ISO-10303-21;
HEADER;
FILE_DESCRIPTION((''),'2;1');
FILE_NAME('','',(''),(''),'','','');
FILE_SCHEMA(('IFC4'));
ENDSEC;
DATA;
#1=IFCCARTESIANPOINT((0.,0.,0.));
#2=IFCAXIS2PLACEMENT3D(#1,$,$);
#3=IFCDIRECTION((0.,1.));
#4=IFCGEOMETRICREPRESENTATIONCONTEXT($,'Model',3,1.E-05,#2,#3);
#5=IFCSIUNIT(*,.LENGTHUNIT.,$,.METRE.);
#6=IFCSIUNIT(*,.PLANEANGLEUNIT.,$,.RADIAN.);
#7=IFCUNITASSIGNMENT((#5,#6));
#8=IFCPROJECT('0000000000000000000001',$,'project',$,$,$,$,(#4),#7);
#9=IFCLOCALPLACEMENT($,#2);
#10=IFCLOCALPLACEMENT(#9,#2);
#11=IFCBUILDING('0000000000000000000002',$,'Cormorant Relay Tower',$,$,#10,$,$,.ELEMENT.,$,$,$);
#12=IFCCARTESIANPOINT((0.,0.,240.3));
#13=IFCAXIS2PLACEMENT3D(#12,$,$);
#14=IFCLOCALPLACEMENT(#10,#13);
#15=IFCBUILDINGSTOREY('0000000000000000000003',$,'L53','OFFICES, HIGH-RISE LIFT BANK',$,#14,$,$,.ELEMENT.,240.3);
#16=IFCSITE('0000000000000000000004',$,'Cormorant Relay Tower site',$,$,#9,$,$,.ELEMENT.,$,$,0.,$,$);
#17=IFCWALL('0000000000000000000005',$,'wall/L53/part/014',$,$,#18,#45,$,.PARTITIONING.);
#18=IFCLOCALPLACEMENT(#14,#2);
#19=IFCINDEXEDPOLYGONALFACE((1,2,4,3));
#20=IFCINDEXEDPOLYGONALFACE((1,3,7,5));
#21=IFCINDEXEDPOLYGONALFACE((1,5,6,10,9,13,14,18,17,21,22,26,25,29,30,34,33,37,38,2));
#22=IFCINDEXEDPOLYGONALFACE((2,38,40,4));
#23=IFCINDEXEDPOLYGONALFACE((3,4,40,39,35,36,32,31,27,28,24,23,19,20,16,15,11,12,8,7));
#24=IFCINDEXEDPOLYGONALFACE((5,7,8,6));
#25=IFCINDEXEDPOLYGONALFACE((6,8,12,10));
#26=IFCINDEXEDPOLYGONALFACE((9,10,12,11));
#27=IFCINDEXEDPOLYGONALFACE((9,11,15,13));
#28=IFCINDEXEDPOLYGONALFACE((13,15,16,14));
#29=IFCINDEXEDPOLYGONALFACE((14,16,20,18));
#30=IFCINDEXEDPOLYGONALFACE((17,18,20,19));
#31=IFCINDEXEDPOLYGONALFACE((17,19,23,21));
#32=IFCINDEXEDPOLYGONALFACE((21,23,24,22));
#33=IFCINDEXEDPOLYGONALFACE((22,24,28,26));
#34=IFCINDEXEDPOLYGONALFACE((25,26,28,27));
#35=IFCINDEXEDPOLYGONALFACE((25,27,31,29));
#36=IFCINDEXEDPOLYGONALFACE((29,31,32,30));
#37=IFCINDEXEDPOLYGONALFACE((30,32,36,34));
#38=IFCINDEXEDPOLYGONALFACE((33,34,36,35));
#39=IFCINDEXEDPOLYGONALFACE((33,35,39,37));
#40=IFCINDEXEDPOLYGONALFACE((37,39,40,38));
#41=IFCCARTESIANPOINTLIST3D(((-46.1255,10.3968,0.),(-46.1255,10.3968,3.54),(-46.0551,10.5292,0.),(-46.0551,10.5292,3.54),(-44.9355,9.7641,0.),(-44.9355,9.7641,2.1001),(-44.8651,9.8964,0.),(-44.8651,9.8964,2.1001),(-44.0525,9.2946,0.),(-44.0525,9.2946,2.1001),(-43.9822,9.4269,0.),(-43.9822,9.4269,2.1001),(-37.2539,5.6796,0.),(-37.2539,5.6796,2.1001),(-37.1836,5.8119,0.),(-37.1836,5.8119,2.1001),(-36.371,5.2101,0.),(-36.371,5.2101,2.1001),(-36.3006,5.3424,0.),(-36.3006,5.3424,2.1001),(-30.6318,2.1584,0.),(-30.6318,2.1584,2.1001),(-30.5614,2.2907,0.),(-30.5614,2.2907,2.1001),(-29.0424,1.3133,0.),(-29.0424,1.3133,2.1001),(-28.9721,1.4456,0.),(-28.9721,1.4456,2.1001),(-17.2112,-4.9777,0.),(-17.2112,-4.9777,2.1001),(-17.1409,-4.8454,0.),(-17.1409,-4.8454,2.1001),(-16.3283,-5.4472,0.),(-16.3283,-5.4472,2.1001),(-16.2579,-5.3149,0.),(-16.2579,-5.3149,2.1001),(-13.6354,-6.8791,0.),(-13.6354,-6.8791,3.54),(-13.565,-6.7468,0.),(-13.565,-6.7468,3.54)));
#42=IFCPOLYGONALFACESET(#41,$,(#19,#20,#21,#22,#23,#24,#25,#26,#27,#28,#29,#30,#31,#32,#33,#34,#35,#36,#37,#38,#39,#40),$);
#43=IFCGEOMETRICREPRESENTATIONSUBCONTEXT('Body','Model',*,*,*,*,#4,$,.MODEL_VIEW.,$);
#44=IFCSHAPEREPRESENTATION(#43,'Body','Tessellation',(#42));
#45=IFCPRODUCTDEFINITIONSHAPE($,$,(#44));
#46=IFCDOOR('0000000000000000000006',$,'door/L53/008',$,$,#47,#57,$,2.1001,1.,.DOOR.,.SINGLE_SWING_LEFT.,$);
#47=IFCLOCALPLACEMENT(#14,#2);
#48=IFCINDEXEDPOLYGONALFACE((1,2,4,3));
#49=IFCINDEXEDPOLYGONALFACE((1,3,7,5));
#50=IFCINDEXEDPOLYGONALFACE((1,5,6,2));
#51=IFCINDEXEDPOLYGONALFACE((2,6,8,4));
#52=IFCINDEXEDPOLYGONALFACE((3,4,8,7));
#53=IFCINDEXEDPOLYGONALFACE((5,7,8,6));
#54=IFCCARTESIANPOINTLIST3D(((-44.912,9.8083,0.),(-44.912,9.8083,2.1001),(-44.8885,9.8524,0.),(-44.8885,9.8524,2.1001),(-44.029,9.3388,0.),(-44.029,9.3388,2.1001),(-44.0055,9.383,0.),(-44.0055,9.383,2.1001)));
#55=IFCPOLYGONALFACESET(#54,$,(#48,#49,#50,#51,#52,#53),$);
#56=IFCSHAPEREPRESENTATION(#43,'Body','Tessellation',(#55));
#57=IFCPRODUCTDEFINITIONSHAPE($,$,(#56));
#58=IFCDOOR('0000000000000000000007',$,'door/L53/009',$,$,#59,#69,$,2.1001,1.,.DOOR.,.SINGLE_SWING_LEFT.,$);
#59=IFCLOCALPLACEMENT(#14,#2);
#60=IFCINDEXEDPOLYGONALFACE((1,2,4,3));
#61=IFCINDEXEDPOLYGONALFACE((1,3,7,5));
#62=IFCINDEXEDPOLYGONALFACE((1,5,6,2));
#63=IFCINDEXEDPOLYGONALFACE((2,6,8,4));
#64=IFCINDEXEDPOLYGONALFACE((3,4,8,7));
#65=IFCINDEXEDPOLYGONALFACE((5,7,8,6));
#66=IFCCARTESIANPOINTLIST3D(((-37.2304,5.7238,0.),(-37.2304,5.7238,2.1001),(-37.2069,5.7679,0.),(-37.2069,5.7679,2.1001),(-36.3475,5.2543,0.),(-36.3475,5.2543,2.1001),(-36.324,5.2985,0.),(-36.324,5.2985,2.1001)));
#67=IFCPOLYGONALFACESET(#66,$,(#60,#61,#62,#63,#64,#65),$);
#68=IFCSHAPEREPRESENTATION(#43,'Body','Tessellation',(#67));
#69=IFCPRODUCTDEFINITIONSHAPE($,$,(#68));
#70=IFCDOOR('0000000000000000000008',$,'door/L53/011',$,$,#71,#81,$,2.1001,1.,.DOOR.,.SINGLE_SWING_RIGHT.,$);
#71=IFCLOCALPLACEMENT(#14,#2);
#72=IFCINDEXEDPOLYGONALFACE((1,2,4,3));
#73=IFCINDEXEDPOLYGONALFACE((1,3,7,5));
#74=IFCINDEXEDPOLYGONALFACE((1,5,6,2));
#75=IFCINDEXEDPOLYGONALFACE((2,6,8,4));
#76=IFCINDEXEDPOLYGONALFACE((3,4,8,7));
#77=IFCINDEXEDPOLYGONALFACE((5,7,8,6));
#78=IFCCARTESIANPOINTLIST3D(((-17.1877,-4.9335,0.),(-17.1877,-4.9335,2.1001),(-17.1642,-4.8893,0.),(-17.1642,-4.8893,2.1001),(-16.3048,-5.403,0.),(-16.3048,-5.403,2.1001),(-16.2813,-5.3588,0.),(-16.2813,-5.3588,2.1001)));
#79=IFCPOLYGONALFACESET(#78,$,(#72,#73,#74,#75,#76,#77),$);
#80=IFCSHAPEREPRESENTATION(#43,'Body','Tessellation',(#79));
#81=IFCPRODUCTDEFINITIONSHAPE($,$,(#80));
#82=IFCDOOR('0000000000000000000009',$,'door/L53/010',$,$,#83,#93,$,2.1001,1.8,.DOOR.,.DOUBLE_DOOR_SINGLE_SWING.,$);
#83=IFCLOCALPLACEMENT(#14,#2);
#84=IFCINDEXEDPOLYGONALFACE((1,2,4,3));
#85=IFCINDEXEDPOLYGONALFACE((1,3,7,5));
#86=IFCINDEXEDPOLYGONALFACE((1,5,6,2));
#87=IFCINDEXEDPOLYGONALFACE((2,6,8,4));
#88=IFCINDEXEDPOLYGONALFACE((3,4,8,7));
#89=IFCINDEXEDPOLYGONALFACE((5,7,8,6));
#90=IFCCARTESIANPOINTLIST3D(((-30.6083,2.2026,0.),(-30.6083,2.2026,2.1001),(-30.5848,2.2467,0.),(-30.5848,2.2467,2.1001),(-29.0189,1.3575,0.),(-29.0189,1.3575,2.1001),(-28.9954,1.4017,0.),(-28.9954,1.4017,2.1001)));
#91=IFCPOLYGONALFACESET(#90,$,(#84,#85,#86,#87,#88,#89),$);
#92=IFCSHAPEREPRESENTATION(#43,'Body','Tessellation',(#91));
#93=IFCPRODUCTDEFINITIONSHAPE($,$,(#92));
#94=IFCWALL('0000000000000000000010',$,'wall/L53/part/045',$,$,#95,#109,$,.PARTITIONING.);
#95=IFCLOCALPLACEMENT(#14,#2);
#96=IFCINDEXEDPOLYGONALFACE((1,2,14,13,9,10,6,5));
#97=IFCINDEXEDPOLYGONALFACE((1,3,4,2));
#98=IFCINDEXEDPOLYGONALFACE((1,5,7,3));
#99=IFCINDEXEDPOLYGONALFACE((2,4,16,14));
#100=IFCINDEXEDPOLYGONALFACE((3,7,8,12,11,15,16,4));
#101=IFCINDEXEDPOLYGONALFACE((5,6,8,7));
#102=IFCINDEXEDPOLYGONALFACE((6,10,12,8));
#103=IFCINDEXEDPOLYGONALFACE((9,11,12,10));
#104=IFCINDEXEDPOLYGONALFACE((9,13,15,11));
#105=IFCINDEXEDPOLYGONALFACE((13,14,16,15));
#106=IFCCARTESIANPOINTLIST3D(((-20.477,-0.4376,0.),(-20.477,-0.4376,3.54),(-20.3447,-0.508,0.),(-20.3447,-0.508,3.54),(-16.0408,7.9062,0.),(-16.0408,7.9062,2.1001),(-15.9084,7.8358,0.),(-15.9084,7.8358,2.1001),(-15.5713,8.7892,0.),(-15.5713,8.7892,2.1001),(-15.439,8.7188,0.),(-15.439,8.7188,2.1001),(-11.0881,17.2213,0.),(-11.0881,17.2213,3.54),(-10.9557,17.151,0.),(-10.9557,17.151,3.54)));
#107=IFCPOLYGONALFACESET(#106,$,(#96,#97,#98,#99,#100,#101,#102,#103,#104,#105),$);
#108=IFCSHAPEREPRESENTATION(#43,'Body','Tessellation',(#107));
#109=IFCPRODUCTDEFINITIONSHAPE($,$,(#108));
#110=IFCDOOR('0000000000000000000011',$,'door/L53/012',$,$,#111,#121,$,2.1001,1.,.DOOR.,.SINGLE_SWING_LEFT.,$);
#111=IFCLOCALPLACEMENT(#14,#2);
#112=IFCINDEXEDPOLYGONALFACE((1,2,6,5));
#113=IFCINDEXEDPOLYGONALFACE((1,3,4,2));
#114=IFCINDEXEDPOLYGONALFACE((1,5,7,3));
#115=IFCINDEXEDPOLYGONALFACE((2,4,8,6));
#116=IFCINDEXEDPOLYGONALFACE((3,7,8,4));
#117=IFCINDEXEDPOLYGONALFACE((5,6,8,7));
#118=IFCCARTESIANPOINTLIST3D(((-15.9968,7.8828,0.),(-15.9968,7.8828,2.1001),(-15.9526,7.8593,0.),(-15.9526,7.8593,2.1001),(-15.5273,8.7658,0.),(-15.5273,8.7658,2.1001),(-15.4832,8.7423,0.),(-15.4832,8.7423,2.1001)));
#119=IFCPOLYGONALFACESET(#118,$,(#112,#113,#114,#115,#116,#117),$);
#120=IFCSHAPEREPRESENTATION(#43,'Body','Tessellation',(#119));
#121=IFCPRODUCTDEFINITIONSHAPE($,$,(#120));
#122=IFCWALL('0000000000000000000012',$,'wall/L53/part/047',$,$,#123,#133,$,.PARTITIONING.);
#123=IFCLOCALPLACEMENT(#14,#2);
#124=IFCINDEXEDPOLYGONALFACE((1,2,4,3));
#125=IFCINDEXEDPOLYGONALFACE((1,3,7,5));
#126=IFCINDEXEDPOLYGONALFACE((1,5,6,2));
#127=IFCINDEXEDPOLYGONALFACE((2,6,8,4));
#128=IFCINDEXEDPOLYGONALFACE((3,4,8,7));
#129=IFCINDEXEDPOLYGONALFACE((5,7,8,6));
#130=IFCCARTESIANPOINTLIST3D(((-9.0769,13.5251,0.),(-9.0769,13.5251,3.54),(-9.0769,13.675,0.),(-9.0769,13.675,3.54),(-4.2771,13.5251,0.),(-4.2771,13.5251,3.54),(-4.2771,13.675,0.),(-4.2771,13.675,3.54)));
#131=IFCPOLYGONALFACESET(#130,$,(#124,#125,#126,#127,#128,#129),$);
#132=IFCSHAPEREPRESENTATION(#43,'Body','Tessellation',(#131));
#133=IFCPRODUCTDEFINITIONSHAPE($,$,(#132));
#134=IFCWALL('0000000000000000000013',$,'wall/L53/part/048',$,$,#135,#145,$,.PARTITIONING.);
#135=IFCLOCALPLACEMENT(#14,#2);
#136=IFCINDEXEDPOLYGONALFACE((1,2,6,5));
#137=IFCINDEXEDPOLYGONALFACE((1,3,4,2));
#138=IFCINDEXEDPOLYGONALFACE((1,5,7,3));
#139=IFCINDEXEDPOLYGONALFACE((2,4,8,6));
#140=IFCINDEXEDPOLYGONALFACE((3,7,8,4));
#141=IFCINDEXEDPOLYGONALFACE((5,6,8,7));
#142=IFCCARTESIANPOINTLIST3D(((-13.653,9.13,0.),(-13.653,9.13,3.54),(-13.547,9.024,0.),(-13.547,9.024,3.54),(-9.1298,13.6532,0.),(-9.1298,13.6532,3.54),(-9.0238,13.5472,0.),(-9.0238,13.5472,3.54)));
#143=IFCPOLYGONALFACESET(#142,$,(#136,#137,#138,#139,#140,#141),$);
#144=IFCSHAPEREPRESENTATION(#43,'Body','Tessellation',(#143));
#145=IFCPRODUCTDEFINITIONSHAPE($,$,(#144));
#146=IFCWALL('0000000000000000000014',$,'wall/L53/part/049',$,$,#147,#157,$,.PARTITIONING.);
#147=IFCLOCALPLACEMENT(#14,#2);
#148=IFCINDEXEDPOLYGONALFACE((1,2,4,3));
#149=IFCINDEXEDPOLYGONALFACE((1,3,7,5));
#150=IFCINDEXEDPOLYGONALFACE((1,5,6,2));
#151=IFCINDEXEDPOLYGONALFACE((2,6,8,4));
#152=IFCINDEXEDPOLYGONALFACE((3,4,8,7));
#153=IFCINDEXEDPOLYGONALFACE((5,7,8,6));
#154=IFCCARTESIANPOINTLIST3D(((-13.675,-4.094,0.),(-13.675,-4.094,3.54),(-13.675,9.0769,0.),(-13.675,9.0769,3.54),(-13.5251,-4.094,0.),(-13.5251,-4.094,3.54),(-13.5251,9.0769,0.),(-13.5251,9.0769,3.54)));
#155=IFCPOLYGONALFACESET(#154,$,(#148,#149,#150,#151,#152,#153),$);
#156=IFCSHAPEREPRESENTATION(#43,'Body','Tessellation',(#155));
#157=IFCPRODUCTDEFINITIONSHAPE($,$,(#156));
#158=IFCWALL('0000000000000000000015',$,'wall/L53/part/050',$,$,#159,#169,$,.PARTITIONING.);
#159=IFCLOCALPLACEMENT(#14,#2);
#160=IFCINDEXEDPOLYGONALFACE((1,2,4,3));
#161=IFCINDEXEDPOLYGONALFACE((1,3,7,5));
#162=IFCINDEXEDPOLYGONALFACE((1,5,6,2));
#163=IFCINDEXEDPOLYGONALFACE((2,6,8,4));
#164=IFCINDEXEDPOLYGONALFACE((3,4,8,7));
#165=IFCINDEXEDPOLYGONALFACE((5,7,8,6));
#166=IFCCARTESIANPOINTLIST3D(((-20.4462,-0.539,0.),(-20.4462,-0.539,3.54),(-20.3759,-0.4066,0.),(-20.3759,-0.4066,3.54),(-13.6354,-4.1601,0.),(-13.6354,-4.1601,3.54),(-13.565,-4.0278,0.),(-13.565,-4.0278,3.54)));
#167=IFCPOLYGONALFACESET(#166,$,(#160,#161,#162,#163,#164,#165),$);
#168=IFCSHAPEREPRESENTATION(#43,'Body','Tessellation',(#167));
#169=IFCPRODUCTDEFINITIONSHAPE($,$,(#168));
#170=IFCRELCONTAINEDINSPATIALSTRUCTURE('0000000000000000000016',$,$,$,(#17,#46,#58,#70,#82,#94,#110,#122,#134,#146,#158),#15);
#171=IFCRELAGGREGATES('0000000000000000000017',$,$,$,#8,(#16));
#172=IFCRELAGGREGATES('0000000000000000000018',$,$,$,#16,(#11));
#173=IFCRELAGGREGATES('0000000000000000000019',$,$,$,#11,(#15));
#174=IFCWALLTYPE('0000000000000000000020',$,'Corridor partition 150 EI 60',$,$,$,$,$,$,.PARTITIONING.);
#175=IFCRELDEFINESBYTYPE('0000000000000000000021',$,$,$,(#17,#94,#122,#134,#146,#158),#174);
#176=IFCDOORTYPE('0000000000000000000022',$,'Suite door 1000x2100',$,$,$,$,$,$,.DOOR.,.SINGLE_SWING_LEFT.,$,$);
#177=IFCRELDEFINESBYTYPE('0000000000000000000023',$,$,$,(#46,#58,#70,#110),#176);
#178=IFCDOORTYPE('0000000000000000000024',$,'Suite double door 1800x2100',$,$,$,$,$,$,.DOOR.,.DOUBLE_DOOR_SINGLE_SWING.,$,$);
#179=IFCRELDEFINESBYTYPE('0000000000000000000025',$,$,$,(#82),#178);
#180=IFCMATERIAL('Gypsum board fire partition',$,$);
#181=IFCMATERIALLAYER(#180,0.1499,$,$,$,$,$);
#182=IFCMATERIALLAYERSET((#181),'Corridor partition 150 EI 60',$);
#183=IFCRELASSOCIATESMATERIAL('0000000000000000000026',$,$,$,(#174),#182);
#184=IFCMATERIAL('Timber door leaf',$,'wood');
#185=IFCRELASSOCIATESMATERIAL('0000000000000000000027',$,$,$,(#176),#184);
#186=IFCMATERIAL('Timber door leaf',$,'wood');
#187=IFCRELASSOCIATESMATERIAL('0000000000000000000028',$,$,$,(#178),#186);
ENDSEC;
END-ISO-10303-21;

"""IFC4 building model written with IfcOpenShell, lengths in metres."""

from ifc_helpers import new_model, si_unit, direction, frame, frame_2d, origin, place, context, subcontext, project, spatial, rectangle, extrude, material, layer, layer_set, type_object, element, fill, save


model = new_model("IFC4")

# Units and contexts
model_context = context("Model", 3, precision=1e-05, world=origin(), true_north=direction((0.0, 1.0)))
body_context = subcontext(model_context, "Body", "Model", "MODEL_VIEW")
ifc_project = project(units=[si_unit("LENGTHUNIT", "METRE"), si_unit("PLANEANGLEUNIT", "RADIAN")], contexts=[model_context])

# Site, building, storey
site_placement = place(None, origin())
site = spatial("IfcSite", under=ifc_project, at=site_placement, Name="Cormorant Relay Tower site", CompositionType="ELEMENT", RefElevation=0.0)
building_placement = place(site_placement, origin())
building = spatial("IfcBuilding", under=site, at=building_placement, Name="Cormorant Relay Tower", CompositionType="ELEMENT")
storey_placement = place(building_placement, frame((0.0, 0.0, 240.3)))
storey = spatial("IfcBuildingStorey", under=building, at=storey_placement, Name="L53", Description="OFFICES, HIGH-RISE LIFT BANK", CompositionType="ELEMENT", Elevation=240.3)

# Wall, openings, doors
ifc_material_1 = material(Name="Gypsum board fire partition")
ifc_layer_1 = layer(ifc_material_1, 0.1499)
ifc_layer_set_1 = layer_set([ifc_layer_1], Name="Corridor partition 150 EI 60")
wall_type_1 = type_object("IfcWallType", Name="Corridor partition 150 EI 60", PredefinedType="PARTITIONING", material=ifc_layer_set_1)
wall_1_placement = place(storey_placement, frame((-13.6001, -6.813, 0.0), z_axis=(0.0, 0.0, 1.0), x_axis=(-0.88294, 0.469485, 0.0)))
wall_1 = element("IfcWall", 1, at=wall_1_placement, inside=storey, type_object=wall_type_1, Name="wall/L53/part/014", PredefinedType="PARTITIONING", context=body_context, shape_type="SweptSolid", body=[
    extrude(rectangle(XDim=36.7976, YDim=0.1499, at=frame_2d((18.3989, 0.0))), origin(), (0.0, 0.0, 1.0), 3.54),
])
opening_1_placement = place(wall_1_placement, frame((34.45, 0.0, 0.0)))
opening_1 = element("IfcOpeningElement", 2, at=opening_1_placement, cuts=wall_1, PredefinedType="OPENING", context=body_context, shape_type="SweptSolid", body=[
    extrude(rectangle(XDim=1.0, YDim=2.1001, at=frame_2d((0.5, 1.05))), frame((0.0, 0.085, 0.0), z_axis=(0.0, -1.0, 0.0), x_axis=(1.0, 0.0, 0.0)), (0.0, 0.0, 1.0), 0.1699),
])
opening_2_placement = place(wall_1_placement, frame((25.75, 0.0, 0.0)))
opening_2 = element("IfcOpeningElement", 3, at=opening_2_placement, cuts=wall_1, PredefinedType="OPENING", context=body_context, shape_type="SweptSolid", body=[
    extrude(rectangle(XDim=1.0, YDim=2.1001, at=frame_2d((0.5, 1.05))), frame((0.0, 0.085, 0.0), z_axis=(0.0, -1.0, 0.0), x_axis=(1.0, 0.0, 0.0)), (0.0, 0.0, 1.0), 0.1699),
])
opening_3_placement = place(wall_1_placement, frame((17.45, 0.0, 0.0)))
opening_3 = element("IfcOpeningElement", 4, at=opening_3_placement, cuts=wall_1, PredefinedType="OPENING", context=body_context, shape_type="SweptSolid", body=[
    extrude(rectangle(XDim=1.8, YDim=2.1001, at=frame_2d((0.8999, 1.05))), frame((0.0, 0.085, 0.0), z_axis=(0.0, -1.0, 0.0), x_axis=(1.0, 0.0, 0.0)), (0.0, 0.0, 1.0), 0.1699),
])
opening_4_placement = place(wall_1_placement, frame((3.05, 0.0, 0.0)))
opening_4 = element("IfcOpeningElement", 5, at=opening_4_placement, cuts=wall_1, PredefinedType="OPENING", context=body_context, shape_type="SweptSolid", body=[
    extrude(rectangle(XDim=1.0, YDim=2.1001, at=frame_2d((0.5, 1.05))), frame((0.0, 0.085, 0.0), z_axis=(0.0, -1.0, 0.0), x_axis=(1.0, 0.0, 0.0)), (0.0, 0.0, 1.0), 0.1699),
])
ifc_material_2 = material(Name="Timber door leaf", Category="wood")
door_type_1 = type_object("IfcDoorType", Name="Suite door 1000x2100", OperationType="SINGLE_SWING_LEFT", PredefinedType="DOOR", material=ifc_material_2)
door_1_placement = place(opening_1_placement, origin())
door_1 = element("IfcDoor", 6, at=door_1_placement, inside=storey, type_object=door_type_1, Name="door/L53/008", OperationType="SINGLE_SWING_LEFT", OverallHeight=2.1001, OverallWidth=1.0, PredefinedType="DOOR", context=body_context, shape_type="SweptSolid", body=[
    extrude(rectangle(XDim=1.0, YDim=2.1001, at=frame_2d((0.5, 1.05))), frame((0.0, 0.0249, 0.0), z_axis=(0.0, -1.0, 0.0), x_axis=(1.0, 0.0, 0.0)), (0.0, 0.0, 1.0), 0.05),
])
fill(opening_1, door_1)
door_2_placement = place(opening_2_placement, origin())
door_2 = element("IfcDoor", 7, at=door_2_placement, inside=storey, type_object=door_type_1, Name="door/L53/009", OperationType="SINGLE_SWING_LEFT", OverallHeight=2.1001, OverallWidth=1.0, PredefinedType="DOOR", context=body_context, shape_type="SweptSolid", body=[
    extrude(rectangle(XDim=1.0, YDim=2.1001, at=frame_2d((0.5, 1.05))), frame((0.0, 0.0249, 0.0), z_axis=(0.0, -1.0, 0.0), x_axis=(1.0, 0.0, 0.0)), (0.0, 0.0, 1.0), 0.05),
])
fill(opening_2, door_2)
door_3_placement = place(opening_4_placement, origin())
door_3 = element("IfcDoor", 8, at=door_3_placement, inside=storey, type_object=door_type_1, Name="door/L53/011", OperationType="SINGLE_SWING_RIGHT", OverallHeight=2.1001, OverallWidth=1.0, PredefinedType="DOOR", context=body_context, shape_type="SweptSolid", body=[
    extrude(rectangle(XDim=1.0, YDim=2.1001, at=frame_2d((0.5, 1.05))), frame((0.0, 0.0249, 0.0), z_axis=(0.0, -1.0, 0.0), x_axis=(1.0, 0.0, 0.0)), (0.0, 0.0, 1.0), 0.05),
])
fill(opening_4, door_3)
ifc_material_3 = material(Name="Timber door leaf", Category="wood")
door_type_2 = type_object("IfcDoorType", Name="Suite double door 1800x2100", OperationType="DOUBLE_DOOR_SINGLE_SWING", PredefinedType="DOOR", material=ifc_material_3)
door_4_placement = place(opening_3_placement, origin())
door_4 = element("IfcDoor", 9, at=door_4_placement, inside=storey, type_object=door_type_2, Name="door/L53/010", OperationType="DOUBLE_DOOR_SINGLE_SWING", OverallHeight=2.1001, OverallWidth=1.8, PredefinedType="DOOR", context=body_context, shape_type="SweptSolid", body=[
    extrude(rectangle(XDim=1.8, YDim=2.1001, at=frame_2d((0.8999, 1.05))), frame((0.0, 0.0249, 0.0), z_axis=(0.0, -1.0, 0.0), x_axis=(1.0, 0.0, 0.0)), (0.0, 0.0, 1.0), 0.05),
])
fill(opening_3, door_4)

# Wall, opening, door
wall_2_placement = place(storey_placement, frame((-20.4109, -0.4729, 0.0), z_axis=(0.0, 0.0, 1.0), x_axis=(0.469452, 0.882958, 0.0)))
wall_2 = element("IfcWall", 10, at=wall_2_placement, inside=storey, type_object=wall_type_1, Name="wall/L53/part/045", PredefinedType="PARTITIONING", context=body_context, shape_type="SweptSolid", body=[
    extrude(rectangle(XDim=19.9998, YDim=0.1499, at=frame_2d((10.0, 0.0))), origin(), (0.0, 0.0, 1.0), 3.54),
])
opening_5_placement = place(wall_2_placement, frame((9.45, 0.0, 0.0)))
opening_5 = element("IfcOpeningElement", 11, at=opening_5_placement, cuts=wall_2, PredefinedType="OPENING", context=body_context, shape_type="SweptSolid", body=[
    extrude(rectangle(XDim=1.0, YDim=2.1001, at=frame_2d((0.5, 1.05))), frame((0.0, 0.085, 0.0), z_axis=(0.0, -1.0, 0.0), x_axis=(1.0, 0.0, 0.0)), (0.0, 0.0, 1.0), 0.1699),
])
door_5_placement = place(opening_5_placement, frame((1.0, 0.0, 0.0), z_axis=(0.0, 0.0, 1.0), x_axis=(-1.0, 0.0, 0.0)))
door_5 = element("IfcDoor", 12, at=door_5_placement, inside=storey, type_object=door_type_1, Name="door/L53/012", OperationType="SINGLE_SWING_LEFT", OverallHeight=2.1001, OverallWidth=1.0, PredefinedType="DOOR", context=body_context, shape_type="SweptSolid", body=[
    extrude(rectangle(XDim=1.0, YDim=2.1001, at=frame_2d((0.5, 1.05))), frame((0.0, 0.0249, 0.0), z_axis=(0.0, -1.0, 0.0), x_axis=(1.0, 0.0, 0.0)), (0.0, 0.0, 1.0), 0.05),
])
fill(opening_5, door_5)

# Walls
wall_3_placement = place(storey_placement, frame((-4.2771, 13.6001, 0.0), z_axis=(0.0, 0.0, 1.0), x_axis=(-1.0, 0.0, 0.0)))
element("IfcWall", 13, at=wall_3_placement, inside=storey, type_object=wall_type_1, Name="wall/L53/part/047", PredefinedType="PARTITIONING", context=body_context, shape_type="SweptSolid", body=[
    extrude(rectangle(XDim=4.7998, YDim=0.1499, at=frame_2d((2.3999, 0.0))), origin(), (0.0, 0.0, 1.0), 3.54),
])
wall_4_placement = place(storey_placement, frame((-9.0769, 13.6001, 0.0), z_axis=(0.0, 0.0, 1.0), x_axis=(-0.707107, -0.707107, 0.0)))
element("IfcWall", 14, at=wall_4_placement, inside=storey, type_object=wall_type_1, Name="wall/L53/part/048", PredefinedType="PARTITIONING", context=body_context, shape_type="SweptSolid", body=[
    extrude(rectangle(XDim=6.3967, YDim=0.1499, at=frame_2d((3.1982, 0.0))), origin(), (0.0, 0.0, 1.0), 3.54),
])
wall_5_placement = place(storey_placement, frame((-13.6001, 9.0769, 0.0), z_axis=(0.0, 0.0, 1.0), x_axis=(0.0, -1.0, 0.0)))
element("IfcWall", 15, at=wall_5_placement, inside=storey, type_object=wall_type_1, Name="wall/L53/part/049", PredefinedType="PARTITIONING", context=body_context, shape_type="SweptSolid", body=[
    extrude(rectangle(XDim=13.1709, YDim=0.1499, at=frame_2d((6.5854, 0.0))), origin(), (0.0, 0.0, 1.0), 3.54),
])
wall_6_placement = place(storey_placement, frame((-13.6001, -4.094, 0.0), z_axis=(0.0, 0.0, 1.0), x_axis=(-0.882962, 0.469444, 0.0)))
element("IfcWall", 16, at=wall_6_placement, inside=storey, type_object=wall_type_1, Name="wall/L53/part/050", PredefinedType="PARTITIONING", context=body_context, shape_type="SweptSolid", body=[
    extrude(rectangle(XDim=7.7136, YDim=0.1499, at=frame_2d((3.8569, 0.0))), origin(), (0.0, 0.0, 1.0), 3.54),
])

save(model, "model.ifc")
